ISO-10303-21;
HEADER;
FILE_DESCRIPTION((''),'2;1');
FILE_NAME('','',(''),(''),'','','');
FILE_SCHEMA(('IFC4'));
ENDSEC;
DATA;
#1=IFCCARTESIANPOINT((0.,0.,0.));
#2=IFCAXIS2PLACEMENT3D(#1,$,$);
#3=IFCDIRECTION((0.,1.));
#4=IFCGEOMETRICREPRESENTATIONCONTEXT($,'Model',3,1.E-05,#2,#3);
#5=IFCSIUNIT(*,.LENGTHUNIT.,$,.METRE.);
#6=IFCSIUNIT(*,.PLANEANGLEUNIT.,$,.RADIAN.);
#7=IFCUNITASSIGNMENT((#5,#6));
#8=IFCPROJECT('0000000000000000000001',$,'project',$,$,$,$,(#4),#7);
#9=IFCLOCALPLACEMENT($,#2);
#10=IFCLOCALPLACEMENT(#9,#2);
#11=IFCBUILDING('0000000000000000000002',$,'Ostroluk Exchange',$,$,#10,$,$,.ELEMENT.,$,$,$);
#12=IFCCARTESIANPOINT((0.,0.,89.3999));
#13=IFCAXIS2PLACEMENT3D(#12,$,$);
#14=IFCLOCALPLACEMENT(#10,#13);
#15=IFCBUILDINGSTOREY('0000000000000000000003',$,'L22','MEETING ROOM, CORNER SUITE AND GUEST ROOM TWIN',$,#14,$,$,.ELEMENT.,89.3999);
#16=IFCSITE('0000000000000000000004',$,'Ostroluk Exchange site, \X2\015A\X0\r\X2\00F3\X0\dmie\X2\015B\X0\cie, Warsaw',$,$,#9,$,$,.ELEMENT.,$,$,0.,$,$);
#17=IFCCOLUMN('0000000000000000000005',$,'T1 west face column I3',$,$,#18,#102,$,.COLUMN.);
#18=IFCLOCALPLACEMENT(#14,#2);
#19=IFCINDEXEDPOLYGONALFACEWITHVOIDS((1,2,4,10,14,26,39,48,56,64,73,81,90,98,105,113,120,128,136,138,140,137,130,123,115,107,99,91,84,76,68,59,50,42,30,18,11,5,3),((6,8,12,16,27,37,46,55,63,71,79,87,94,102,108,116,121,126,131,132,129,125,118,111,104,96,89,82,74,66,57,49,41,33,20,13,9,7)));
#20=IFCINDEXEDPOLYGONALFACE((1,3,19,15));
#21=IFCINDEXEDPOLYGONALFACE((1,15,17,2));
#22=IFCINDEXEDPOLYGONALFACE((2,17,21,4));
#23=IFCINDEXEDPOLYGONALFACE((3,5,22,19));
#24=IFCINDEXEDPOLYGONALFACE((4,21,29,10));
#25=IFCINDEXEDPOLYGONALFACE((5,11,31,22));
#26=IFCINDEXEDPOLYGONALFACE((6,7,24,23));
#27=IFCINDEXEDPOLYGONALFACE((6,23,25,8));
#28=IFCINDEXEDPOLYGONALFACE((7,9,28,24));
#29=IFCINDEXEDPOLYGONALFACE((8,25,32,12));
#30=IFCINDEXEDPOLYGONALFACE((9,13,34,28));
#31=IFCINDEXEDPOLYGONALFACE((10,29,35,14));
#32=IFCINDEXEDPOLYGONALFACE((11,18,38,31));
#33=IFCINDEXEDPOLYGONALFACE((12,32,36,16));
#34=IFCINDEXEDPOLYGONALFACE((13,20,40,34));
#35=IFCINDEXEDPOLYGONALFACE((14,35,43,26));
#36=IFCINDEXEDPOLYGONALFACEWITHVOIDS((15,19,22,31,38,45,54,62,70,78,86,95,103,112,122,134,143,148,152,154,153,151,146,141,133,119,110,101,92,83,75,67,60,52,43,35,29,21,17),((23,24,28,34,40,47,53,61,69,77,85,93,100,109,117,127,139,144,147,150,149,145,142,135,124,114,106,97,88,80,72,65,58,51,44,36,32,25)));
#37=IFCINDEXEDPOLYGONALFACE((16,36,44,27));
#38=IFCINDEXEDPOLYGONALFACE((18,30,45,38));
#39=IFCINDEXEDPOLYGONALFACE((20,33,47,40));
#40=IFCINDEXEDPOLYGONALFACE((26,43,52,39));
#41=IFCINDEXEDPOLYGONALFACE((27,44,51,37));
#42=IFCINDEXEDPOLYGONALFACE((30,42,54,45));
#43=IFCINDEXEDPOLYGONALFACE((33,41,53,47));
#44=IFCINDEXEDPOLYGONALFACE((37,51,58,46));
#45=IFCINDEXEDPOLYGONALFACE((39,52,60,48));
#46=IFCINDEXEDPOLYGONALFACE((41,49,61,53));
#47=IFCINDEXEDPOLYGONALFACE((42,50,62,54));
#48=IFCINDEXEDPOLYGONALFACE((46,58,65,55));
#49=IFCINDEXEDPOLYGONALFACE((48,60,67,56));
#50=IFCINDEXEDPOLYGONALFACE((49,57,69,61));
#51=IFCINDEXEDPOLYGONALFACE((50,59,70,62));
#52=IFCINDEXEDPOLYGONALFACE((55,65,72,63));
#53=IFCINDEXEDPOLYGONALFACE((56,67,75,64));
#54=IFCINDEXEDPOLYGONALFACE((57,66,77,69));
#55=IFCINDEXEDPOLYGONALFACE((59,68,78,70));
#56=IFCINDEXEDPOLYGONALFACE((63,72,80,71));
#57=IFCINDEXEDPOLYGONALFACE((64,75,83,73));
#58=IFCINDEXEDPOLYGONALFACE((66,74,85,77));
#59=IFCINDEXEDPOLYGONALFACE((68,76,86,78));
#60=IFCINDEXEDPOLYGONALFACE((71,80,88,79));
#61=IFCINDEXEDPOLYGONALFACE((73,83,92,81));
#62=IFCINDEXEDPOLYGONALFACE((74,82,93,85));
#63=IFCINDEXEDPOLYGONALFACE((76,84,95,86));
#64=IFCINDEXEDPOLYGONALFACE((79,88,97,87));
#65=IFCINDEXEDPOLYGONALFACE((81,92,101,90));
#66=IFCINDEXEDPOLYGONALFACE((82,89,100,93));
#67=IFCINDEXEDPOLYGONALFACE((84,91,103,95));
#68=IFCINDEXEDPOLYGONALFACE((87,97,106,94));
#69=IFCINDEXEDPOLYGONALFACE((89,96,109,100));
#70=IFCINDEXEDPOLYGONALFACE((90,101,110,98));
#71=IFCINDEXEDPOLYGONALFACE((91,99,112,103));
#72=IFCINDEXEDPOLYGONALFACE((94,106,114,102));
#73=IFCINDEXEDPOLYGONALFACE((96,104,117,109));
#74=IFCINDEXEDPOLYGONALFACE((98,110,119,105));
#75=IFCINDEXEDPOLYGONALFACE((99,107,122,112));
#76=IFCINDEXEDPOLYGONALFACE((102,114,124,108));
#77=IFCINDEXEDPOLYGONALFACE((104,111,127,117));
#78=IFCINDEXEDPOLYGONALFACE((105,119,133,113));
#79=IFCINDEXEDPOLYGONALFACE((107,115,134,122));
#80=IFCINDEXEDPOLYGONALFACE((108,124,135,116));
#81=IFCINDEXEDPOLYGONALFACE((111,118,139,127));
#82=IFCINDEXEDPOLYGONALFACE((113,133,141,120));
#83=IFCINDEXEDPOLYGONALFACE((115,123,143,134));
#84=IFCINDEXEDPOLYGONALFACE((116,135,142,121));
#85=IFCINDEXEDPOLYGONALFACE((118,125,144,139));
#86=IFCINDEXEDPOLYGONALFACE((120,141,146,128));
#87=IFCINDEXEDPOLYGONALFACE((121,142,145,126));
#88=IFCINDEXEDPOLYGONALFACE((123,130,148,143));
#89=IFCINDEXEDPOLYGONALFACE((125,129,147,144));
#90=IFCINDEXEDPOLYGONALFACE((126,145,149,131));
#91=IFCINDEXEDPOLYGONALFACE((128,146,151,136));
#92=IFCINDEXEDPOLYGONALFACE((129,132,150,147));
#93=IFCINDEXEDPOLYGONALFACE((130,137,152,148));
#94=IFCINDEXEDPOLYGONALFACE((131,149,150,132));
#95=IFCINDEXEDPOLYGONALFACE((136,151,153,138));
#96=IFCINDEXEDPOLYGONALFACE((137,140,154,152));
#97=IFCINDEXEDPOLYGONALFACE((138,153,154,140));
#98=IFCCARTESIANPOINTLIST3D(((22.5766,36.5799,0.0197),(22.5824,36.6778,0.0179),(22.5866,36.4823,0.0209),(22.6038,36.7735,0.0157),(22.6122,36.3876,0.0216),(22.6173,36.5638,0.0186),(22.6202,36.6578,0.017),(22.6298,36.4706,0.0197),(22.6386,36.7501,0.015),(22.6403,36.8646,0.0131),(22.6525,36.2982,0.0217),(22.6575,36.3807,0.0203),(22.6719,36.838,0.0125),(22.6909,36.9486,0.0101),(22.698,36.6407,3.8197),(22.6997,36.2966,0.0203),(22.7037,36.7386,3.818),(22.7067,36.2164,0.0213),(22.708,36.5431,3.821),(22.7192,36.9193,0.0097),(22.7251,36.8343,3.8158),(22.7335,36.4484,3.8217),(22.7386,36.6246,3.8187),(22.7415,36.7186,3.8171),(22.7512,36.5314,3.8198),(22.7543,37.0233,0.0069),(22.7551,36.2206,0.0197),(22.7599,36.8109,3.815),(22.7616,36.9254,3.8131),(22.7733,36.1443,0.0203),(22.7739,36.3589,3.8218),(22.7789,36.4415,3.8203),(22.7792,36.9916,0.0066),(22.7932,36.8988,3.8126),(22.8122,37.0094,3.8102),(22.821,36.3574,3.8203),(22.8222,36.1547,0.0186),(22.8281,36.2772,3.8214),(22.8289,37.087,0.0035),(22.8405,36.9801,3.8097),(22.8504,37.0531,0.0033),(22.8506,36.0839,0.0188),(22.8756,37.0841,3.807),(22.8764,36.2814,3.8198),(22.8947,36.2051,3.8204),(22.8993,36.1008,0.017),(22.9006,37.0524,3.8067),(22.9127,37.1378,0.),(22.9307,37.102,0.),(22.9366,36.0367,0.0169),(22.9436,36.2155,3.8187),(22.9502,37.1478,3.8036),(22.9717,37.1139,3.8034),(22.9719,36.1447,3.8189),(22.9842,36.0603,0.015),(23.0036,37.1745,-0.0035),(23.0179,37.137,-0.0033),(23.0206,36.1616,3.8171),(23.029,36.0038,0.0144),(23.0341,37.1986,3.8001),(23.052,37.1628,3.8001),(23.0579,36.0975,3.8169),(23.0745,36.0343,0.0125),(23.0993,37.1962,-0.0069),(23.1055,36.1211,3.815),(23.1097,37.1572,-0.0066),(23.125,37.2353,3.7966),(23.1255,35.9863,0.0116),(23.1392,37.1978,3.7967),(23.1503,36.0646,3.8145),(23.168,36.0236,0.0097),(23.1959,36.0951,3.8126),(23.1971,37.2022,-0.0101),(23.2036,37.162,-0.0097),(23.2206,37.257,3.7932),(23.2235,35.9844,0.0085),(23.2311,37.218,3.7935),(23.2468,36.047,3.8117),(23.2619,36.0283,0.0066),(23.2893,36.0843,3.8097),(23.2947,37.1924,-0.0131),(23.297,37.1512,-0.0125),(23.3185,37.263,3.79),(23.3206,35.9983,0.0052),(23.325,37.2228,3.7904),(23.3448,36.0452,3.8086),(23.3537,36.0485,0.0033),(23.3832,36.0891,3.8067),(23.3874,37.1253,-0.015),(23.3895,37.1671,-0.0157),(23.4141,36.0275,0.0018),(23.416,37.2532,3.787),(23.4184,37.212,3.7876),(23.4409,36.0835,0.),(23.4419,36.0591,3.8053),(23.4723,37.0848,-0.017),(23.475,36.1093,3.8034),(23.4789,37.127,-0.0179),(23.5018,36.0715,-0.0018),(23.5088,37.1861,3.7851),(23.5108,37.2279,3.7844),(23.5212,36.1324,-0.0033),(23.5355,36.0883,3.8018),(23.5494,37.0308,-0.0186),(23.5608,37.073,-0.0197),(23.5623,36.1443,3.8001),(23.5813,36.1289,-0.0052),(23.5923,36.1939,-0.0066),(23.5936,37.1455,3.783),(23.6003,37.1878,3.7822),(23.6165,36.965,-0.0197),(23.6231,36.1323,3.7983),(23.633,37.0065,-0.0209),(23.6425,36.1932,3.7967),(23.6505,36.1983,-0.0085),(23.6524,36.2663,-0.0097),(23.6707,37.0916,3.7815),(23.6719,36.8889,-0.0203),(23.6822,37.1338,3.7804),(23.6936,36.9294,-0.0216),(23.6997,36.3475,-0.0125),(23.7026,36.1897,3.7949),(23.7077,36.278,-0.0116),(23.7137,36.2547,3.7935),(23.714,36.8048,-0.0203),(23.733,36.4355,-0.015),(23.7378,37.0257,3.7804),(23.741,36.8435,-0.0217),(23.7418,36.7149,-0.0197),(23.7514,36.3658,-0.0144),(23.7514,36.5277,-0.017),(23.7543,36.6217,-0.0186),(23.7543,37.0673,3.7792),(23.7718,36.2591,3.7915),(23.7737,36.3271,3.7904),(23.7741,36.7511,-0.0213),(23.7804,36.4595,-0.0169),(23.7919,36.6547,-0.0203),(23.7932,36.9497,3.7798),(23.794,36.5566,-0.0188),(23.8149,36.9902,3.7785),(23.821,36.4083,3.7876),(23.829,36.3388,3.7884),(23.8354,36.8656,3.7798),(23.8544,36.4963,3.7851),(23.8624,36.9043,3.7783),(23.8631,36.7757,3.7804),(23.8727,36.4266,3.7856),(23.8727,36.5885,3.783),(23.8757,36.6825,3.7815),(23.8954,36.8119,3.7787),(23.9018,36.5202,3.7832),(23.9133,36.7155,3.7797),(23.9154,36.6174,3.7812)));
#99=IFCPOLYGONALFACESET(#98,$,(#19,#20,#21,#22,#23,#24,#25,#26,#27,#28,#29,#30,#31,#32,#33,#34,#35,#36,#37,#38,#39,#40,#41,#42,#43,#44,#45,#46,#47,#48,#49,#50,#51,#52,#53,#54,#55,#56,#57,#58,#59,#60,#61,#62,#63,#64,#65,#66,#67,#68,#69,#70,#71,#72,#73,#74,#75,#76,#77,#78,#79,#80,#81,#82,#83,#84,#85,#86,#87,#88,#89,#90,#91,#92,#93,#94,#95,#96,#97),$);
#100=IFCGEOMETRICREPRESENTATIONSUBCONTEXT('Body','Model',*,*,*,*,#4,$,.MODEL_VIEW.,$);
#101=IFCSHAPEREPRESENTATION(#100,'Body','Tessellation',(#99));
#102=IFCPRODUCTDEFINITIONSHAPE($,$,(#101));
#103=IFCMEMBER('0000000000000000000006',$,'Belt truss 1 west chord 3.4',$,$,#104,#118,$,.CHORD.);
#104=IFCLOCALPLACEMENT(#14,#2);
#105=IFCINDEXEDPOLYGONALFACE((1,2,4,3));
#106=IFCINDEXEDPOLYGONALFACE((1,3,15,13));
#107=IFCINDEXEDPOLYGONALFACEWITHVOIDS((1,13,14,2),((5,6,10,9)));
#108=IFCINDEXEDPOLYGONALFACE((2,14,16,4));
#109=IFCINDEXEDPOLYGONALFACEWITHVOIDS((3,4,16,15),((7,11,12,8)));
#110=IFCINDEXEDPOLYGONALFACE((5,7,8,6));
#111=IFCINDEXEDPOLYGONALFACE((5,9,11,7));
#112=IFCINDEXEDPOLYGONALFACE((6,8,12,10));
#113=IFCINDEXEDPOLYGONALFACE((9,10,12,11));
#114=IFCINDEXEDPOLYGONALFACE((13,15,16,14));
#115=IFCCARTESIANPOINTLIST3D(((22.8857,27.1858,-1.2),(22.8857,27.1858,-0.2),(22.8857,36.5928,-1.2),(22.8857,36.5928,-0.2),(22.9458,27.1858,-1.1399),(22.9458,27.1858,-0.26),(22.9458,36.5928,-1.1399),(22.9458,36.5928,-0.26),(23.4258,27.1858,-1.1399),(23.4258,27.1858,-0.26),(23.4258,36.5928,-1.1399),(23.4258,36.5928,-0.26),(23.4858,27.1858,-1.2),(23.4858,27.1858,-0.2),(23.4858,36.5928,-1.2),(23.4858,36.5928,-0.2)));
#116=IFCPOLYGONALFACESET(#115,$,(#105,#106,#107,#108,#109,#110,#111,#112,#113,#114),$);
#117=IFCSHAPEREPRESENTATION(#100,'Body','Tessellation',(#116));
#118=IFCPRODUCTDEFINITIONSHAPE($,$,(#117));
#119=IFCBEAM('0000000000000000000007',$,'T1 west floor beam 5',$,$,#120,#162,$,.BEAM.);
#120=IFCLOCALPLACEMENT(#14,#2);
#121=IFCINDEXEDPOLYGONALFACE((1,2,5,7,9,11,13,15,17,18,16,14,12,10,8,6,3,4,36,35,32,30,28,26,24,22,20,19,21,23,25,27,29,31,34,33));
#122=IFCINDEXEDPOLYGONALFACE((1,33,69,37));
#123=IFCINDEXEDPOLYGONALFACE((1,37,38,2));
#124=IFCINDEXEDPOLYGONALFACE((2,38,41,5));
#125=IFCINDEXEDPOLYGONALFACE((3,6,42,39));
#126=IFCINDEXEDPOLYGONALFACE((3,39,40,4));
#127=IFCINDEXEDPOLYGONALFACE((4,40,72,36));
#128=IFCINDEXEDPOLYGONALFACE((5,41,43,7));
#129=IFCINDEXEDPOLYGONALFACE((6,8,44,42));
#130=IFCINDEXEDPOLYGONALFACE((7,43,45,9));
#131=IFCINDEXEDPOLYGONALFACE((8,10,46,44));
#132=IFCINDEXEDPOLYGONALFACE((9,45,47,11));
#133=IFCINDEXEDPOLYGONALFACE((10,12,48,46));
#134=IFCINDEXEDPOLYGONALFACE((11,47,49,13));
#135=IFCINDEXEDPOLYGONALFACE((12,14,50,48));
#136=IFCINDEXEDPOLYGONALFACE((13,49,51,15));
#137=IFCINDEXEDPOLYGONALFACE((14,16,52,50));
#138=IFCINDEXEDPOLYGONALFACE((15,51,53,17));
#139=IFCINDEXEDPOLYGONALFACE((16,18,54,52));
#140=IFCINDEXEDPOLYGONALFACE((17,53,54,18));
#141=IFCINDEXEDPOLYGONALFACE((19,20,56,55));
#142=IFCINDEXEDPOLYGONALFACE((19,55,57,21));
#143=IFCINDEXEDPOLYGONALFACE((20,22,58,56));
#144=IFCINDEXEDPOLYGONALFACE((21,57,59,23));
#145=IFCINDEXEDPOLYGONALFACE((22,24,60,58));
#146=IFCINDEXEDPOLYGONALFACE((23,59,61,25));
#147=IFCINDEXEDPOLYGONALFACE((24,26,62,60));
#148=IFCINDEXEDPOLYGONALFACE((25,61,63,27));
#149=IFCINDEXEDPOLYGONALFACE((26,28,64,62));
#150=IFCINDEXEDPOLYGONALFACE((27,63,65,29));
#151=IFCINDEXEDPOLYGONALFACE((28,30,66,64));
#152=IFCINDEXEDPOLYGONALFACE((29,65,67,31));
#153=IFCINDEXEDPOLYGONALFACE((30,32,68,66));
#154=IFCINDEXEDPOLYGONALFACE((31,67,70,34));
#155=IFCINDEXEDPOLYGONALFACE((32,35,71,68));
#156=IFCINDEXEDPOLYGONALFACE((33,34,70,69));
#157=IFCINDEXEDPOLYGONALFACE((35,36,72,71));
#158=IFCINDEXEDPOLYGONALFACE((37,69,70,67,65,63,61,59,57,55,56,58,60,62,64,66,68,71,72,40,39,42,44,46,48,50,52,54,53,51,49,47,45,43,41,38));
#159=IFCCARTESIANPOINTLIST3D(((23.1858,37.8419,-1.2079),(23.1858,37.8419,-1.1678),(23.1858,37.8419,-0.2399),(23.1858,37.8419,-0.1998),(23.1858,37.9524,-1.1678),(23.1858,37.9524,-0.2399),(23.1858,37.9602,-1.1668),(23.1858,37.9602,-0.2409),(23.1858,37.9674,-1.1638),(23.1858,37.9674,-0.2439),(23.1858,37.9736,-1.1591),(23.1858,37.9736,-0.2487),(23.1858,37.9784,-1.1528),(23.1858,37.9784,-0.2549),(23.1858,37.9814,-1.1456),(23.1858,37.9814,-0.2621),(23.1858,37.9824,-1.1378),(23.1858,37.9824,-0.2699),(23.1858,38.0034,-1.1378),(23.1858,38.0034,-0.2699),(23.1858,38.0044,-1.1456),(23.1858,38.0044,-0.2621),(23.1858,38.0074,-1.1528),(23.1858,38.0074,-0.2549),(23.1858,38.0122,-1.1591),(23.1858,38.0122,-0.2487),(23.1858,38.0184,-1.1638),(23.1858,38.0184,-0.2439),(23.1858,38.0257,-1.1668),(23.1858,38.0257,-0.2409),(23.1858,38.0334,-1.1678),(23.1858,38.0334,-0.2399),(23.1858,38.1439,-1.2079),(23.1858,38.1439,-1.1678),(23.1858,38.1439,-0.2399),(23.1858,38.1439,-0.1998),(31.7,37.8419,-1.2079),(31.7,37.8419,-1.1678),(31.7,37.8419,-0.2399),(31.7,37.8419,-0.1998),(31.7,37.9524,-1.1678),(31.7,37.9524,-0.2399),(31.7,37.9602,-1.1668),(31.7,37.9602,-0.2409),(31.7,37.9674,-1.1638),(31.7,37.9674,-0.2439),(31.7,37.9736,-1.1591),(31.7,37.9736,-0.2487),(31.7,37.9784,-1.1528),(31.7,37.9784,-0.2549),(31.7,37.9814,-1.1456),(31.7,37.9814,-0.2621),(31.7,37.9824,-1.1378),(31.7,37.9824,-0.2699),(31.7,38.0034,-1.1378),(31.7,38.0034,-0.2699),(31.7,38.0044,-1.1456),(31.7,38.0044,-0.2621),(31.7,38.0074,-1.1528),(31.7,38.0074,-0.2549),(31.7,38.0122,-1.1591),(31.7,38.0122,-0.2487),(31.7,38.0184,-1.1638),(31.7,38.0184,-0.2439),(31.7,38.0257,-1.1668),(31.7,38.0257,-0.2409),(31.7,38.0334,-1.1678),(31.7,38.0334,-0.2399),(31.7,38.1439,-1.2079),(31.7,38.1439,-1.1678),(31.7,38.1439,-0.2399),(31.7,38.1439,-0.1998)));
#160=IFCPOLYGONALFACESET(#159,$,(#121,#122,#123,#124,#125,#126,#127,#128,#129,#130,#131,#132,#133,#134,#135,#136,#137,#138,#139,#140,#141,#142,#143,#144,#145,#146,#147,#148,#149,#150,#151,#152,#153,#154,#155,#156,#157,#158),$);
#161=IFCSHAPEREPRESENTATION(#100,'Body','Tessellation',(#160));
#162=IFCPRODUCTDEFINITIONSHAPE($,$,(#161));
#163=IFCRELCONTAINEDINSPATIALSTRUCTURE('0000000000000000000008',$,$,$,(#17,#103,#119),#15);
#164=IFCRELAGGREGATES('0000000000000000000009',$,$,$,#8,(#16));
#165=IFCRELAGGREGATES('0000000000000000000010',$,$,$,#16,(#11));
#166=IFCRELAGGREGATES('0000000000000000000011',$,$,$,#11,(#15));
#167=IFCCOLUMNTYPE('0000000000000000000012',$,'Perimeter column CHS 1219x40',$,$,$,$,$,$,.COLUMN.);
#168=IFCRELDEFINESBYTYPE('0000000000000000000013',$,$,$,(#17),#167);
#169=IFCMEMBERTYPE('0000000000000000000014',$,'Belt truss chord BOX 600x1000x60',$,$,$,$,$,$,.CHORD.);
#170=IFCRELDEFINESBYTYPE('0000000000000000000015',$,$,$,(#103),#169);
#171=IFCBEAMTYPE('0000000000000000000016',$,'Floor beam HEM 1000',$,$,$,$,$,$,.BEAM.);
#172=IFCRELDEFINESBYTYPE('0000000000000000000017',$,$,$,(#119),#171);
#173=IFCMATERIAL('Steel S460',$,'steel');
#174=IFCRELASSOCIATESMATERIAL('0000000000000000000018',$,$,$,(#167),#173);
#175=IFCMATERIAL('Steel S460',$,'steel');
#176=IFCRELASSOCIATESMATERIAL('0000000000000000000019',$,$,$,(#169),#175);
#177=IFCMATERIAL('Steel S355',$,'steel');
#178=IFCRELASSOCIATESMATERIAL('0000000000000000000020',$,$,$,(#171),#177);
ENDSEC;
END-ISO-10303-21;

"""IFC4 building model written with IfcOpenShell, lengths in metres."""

from ifc_helpers import new_model, si_unit, direction, frame, origin, origin_2d, place, context, subcontext, project, spatial, hollow_rectangle, hollow_circle, i_section, extrude, material, material_profile, profile_set, type_object, element, save


model = new_model("IFC4")

# Units and contexts
model_context = context("Model", 3, precision=1e-05, world=origin(), true_north=direction((0.0, 1.0)))
body_context = subcontext(model_context, "Body", "Model", "MODEL_VIEW")
ifc_project = project(units=[si_unit("LENGTHUNIT", "METRE"), si_unit("PLANEANGLEUNIT", "RADIAN")], contexts=[model_context])

# Site, building, storey
site_placement = place(None, origin())
site = spatial("IfcSite", under=ifc_project, at=site_placement, Name="Ostroluk Exchange site, Śródmieście, Warsaw", CompositionType="ELEMENT", RefElevation=0.0)
building_placement = place(site_placement, origin())
building = spatial("IfcBuilding", under=site, at=building_placement, Name="Ostroluk Exchange", CompositionType="ELEMENT")
storey_placement = place(building_placement, frame((0.0, 0.0, 89.3999)))
storey = spatial("IfcBuildingStorey", under=building, at=storey_placement, Name="L22", Description="MEETING ROOM, CORNER SUITE AND GUEST ROOM TWIN", CompositionType="ELEMENT", Elevation=89.3999)

# Column
ifc_material_1 = material(Name="Steel S460", Category="steel")
ifc_material_profile_1 = material_profile(ifc_material_1, hollow_circle(Radius=0.6096, WallThickness=0.04, at=origin_2d()), Name="CHS 1219x40")
ifc_profile_set_1 = profile_set([ifc_material_profile_1], Name="Steel S460")
column_type = type_object("IfcColumnType", Name="Perimeter column CHS 1219x40", PredefinedType="COLUMN", material=ifc_profile_set_1)
column_placement = place(storey_placement, frame((23.1858, 36.5928, 0.0), z_axis=(0.03191, 0.015987, 0.999363), x_axis=(-0.447933, 0.894067, 0.0)))
element("IfcColumn", 1, at=column_placement, inside=storey, type_object=column_type, Name="T1 west face column I3", PredefinedType="COLUMN", context=body_context, shape_type="SweptSolid", body=[
    extrude(hollow_circle(Radius=0.6096, WallThickness=0.04, at=origin_2d()), origin(), (0.0, 0.0, 1.0), 3.8025),
])

# Member
ifc_material_2 = material(Name="Steel S460", Category="steel")
ifc_material_profile_2 = material_profile(ifc_material_2, hollow_rectangle(XDim=0.6001, YDim=1.0, WallThickness=0.0601, at=origin_2d()), Name="BOX 600x1000x60")
ifc_profile_set_2 = profile_set([ifc_material_profile_2], Name="Steel S460")
member_type_1 = type_object("IfcMemberType", Name="Belt truss chord BOX 600x1000x60", PredefinedType="CHORD", material=ifc_profile_set_2)
member_1_placement = place(storey_placement, frame((23.1858, 36.5928, -0.7), z_axis=(0.0, -1.0, 0.0), x_axis=(1.0, 0.0, 0.0)))
element("IfcMember", 2, at=member_1_placement, inside=storey, type_object=member_type_1, Name="Belt truss 1 west chord 3.4", PredefinedType="CHORD", context=body_context, shape_type="SweptSolid", body=[
    extrude(hollow_rectangle(XDim=0.6001, YDim=1.0, WallThickness=0.0601, at=origin_2d()), origin(), (0.0, 0.0, 1.0), 9.407),
])

# Beam
ifc_material_3 = material(Name="Steel S355", Category="steel")
ifc_material_profile_3 = material_profile(ifc_material_3, i_section(OverallWidth=0.302, OverallDepth=1.0081, WebThickness=0.021, FlangeThickness=0.04, FilletRadius=0.03, at=origin_2d()), Name="HEM 1000")
ifc_profile_set_3 = profile_set([ifc_material_profile_3], Name="Steel S355")
beam_type_1 = type_object("IfcBeamType", Name="Floor beam HEM 1000", PredefinedType="BEAM", material=ifc_profile_set_3)
beam_1_placement = place(storey_placement, frame((31.7, 37.9929, -0.7039), z_axis=(-1.0, 0.0, 0.0), x_axis=(0.0, -1.0, 0.0)))
element("IfcBeam", 3, at=beam_1_placement, inside=storey, type_object=beam_type_1, Name="T1 west floor beam 5", PredefinedType="BEAM", context=body_context, shape_type="SweptSolid", body=[
    extrude(i_section(OverallWidth=0.302, OverallDepth=1.0081, WebThickness=0.021, FlangeThickness=0.04, FilletRadius=0.03, at=origin_2d()), origin(), (0.0, 0.0, 1.0), 8.5142),
])

save(model, "model.ifc")
